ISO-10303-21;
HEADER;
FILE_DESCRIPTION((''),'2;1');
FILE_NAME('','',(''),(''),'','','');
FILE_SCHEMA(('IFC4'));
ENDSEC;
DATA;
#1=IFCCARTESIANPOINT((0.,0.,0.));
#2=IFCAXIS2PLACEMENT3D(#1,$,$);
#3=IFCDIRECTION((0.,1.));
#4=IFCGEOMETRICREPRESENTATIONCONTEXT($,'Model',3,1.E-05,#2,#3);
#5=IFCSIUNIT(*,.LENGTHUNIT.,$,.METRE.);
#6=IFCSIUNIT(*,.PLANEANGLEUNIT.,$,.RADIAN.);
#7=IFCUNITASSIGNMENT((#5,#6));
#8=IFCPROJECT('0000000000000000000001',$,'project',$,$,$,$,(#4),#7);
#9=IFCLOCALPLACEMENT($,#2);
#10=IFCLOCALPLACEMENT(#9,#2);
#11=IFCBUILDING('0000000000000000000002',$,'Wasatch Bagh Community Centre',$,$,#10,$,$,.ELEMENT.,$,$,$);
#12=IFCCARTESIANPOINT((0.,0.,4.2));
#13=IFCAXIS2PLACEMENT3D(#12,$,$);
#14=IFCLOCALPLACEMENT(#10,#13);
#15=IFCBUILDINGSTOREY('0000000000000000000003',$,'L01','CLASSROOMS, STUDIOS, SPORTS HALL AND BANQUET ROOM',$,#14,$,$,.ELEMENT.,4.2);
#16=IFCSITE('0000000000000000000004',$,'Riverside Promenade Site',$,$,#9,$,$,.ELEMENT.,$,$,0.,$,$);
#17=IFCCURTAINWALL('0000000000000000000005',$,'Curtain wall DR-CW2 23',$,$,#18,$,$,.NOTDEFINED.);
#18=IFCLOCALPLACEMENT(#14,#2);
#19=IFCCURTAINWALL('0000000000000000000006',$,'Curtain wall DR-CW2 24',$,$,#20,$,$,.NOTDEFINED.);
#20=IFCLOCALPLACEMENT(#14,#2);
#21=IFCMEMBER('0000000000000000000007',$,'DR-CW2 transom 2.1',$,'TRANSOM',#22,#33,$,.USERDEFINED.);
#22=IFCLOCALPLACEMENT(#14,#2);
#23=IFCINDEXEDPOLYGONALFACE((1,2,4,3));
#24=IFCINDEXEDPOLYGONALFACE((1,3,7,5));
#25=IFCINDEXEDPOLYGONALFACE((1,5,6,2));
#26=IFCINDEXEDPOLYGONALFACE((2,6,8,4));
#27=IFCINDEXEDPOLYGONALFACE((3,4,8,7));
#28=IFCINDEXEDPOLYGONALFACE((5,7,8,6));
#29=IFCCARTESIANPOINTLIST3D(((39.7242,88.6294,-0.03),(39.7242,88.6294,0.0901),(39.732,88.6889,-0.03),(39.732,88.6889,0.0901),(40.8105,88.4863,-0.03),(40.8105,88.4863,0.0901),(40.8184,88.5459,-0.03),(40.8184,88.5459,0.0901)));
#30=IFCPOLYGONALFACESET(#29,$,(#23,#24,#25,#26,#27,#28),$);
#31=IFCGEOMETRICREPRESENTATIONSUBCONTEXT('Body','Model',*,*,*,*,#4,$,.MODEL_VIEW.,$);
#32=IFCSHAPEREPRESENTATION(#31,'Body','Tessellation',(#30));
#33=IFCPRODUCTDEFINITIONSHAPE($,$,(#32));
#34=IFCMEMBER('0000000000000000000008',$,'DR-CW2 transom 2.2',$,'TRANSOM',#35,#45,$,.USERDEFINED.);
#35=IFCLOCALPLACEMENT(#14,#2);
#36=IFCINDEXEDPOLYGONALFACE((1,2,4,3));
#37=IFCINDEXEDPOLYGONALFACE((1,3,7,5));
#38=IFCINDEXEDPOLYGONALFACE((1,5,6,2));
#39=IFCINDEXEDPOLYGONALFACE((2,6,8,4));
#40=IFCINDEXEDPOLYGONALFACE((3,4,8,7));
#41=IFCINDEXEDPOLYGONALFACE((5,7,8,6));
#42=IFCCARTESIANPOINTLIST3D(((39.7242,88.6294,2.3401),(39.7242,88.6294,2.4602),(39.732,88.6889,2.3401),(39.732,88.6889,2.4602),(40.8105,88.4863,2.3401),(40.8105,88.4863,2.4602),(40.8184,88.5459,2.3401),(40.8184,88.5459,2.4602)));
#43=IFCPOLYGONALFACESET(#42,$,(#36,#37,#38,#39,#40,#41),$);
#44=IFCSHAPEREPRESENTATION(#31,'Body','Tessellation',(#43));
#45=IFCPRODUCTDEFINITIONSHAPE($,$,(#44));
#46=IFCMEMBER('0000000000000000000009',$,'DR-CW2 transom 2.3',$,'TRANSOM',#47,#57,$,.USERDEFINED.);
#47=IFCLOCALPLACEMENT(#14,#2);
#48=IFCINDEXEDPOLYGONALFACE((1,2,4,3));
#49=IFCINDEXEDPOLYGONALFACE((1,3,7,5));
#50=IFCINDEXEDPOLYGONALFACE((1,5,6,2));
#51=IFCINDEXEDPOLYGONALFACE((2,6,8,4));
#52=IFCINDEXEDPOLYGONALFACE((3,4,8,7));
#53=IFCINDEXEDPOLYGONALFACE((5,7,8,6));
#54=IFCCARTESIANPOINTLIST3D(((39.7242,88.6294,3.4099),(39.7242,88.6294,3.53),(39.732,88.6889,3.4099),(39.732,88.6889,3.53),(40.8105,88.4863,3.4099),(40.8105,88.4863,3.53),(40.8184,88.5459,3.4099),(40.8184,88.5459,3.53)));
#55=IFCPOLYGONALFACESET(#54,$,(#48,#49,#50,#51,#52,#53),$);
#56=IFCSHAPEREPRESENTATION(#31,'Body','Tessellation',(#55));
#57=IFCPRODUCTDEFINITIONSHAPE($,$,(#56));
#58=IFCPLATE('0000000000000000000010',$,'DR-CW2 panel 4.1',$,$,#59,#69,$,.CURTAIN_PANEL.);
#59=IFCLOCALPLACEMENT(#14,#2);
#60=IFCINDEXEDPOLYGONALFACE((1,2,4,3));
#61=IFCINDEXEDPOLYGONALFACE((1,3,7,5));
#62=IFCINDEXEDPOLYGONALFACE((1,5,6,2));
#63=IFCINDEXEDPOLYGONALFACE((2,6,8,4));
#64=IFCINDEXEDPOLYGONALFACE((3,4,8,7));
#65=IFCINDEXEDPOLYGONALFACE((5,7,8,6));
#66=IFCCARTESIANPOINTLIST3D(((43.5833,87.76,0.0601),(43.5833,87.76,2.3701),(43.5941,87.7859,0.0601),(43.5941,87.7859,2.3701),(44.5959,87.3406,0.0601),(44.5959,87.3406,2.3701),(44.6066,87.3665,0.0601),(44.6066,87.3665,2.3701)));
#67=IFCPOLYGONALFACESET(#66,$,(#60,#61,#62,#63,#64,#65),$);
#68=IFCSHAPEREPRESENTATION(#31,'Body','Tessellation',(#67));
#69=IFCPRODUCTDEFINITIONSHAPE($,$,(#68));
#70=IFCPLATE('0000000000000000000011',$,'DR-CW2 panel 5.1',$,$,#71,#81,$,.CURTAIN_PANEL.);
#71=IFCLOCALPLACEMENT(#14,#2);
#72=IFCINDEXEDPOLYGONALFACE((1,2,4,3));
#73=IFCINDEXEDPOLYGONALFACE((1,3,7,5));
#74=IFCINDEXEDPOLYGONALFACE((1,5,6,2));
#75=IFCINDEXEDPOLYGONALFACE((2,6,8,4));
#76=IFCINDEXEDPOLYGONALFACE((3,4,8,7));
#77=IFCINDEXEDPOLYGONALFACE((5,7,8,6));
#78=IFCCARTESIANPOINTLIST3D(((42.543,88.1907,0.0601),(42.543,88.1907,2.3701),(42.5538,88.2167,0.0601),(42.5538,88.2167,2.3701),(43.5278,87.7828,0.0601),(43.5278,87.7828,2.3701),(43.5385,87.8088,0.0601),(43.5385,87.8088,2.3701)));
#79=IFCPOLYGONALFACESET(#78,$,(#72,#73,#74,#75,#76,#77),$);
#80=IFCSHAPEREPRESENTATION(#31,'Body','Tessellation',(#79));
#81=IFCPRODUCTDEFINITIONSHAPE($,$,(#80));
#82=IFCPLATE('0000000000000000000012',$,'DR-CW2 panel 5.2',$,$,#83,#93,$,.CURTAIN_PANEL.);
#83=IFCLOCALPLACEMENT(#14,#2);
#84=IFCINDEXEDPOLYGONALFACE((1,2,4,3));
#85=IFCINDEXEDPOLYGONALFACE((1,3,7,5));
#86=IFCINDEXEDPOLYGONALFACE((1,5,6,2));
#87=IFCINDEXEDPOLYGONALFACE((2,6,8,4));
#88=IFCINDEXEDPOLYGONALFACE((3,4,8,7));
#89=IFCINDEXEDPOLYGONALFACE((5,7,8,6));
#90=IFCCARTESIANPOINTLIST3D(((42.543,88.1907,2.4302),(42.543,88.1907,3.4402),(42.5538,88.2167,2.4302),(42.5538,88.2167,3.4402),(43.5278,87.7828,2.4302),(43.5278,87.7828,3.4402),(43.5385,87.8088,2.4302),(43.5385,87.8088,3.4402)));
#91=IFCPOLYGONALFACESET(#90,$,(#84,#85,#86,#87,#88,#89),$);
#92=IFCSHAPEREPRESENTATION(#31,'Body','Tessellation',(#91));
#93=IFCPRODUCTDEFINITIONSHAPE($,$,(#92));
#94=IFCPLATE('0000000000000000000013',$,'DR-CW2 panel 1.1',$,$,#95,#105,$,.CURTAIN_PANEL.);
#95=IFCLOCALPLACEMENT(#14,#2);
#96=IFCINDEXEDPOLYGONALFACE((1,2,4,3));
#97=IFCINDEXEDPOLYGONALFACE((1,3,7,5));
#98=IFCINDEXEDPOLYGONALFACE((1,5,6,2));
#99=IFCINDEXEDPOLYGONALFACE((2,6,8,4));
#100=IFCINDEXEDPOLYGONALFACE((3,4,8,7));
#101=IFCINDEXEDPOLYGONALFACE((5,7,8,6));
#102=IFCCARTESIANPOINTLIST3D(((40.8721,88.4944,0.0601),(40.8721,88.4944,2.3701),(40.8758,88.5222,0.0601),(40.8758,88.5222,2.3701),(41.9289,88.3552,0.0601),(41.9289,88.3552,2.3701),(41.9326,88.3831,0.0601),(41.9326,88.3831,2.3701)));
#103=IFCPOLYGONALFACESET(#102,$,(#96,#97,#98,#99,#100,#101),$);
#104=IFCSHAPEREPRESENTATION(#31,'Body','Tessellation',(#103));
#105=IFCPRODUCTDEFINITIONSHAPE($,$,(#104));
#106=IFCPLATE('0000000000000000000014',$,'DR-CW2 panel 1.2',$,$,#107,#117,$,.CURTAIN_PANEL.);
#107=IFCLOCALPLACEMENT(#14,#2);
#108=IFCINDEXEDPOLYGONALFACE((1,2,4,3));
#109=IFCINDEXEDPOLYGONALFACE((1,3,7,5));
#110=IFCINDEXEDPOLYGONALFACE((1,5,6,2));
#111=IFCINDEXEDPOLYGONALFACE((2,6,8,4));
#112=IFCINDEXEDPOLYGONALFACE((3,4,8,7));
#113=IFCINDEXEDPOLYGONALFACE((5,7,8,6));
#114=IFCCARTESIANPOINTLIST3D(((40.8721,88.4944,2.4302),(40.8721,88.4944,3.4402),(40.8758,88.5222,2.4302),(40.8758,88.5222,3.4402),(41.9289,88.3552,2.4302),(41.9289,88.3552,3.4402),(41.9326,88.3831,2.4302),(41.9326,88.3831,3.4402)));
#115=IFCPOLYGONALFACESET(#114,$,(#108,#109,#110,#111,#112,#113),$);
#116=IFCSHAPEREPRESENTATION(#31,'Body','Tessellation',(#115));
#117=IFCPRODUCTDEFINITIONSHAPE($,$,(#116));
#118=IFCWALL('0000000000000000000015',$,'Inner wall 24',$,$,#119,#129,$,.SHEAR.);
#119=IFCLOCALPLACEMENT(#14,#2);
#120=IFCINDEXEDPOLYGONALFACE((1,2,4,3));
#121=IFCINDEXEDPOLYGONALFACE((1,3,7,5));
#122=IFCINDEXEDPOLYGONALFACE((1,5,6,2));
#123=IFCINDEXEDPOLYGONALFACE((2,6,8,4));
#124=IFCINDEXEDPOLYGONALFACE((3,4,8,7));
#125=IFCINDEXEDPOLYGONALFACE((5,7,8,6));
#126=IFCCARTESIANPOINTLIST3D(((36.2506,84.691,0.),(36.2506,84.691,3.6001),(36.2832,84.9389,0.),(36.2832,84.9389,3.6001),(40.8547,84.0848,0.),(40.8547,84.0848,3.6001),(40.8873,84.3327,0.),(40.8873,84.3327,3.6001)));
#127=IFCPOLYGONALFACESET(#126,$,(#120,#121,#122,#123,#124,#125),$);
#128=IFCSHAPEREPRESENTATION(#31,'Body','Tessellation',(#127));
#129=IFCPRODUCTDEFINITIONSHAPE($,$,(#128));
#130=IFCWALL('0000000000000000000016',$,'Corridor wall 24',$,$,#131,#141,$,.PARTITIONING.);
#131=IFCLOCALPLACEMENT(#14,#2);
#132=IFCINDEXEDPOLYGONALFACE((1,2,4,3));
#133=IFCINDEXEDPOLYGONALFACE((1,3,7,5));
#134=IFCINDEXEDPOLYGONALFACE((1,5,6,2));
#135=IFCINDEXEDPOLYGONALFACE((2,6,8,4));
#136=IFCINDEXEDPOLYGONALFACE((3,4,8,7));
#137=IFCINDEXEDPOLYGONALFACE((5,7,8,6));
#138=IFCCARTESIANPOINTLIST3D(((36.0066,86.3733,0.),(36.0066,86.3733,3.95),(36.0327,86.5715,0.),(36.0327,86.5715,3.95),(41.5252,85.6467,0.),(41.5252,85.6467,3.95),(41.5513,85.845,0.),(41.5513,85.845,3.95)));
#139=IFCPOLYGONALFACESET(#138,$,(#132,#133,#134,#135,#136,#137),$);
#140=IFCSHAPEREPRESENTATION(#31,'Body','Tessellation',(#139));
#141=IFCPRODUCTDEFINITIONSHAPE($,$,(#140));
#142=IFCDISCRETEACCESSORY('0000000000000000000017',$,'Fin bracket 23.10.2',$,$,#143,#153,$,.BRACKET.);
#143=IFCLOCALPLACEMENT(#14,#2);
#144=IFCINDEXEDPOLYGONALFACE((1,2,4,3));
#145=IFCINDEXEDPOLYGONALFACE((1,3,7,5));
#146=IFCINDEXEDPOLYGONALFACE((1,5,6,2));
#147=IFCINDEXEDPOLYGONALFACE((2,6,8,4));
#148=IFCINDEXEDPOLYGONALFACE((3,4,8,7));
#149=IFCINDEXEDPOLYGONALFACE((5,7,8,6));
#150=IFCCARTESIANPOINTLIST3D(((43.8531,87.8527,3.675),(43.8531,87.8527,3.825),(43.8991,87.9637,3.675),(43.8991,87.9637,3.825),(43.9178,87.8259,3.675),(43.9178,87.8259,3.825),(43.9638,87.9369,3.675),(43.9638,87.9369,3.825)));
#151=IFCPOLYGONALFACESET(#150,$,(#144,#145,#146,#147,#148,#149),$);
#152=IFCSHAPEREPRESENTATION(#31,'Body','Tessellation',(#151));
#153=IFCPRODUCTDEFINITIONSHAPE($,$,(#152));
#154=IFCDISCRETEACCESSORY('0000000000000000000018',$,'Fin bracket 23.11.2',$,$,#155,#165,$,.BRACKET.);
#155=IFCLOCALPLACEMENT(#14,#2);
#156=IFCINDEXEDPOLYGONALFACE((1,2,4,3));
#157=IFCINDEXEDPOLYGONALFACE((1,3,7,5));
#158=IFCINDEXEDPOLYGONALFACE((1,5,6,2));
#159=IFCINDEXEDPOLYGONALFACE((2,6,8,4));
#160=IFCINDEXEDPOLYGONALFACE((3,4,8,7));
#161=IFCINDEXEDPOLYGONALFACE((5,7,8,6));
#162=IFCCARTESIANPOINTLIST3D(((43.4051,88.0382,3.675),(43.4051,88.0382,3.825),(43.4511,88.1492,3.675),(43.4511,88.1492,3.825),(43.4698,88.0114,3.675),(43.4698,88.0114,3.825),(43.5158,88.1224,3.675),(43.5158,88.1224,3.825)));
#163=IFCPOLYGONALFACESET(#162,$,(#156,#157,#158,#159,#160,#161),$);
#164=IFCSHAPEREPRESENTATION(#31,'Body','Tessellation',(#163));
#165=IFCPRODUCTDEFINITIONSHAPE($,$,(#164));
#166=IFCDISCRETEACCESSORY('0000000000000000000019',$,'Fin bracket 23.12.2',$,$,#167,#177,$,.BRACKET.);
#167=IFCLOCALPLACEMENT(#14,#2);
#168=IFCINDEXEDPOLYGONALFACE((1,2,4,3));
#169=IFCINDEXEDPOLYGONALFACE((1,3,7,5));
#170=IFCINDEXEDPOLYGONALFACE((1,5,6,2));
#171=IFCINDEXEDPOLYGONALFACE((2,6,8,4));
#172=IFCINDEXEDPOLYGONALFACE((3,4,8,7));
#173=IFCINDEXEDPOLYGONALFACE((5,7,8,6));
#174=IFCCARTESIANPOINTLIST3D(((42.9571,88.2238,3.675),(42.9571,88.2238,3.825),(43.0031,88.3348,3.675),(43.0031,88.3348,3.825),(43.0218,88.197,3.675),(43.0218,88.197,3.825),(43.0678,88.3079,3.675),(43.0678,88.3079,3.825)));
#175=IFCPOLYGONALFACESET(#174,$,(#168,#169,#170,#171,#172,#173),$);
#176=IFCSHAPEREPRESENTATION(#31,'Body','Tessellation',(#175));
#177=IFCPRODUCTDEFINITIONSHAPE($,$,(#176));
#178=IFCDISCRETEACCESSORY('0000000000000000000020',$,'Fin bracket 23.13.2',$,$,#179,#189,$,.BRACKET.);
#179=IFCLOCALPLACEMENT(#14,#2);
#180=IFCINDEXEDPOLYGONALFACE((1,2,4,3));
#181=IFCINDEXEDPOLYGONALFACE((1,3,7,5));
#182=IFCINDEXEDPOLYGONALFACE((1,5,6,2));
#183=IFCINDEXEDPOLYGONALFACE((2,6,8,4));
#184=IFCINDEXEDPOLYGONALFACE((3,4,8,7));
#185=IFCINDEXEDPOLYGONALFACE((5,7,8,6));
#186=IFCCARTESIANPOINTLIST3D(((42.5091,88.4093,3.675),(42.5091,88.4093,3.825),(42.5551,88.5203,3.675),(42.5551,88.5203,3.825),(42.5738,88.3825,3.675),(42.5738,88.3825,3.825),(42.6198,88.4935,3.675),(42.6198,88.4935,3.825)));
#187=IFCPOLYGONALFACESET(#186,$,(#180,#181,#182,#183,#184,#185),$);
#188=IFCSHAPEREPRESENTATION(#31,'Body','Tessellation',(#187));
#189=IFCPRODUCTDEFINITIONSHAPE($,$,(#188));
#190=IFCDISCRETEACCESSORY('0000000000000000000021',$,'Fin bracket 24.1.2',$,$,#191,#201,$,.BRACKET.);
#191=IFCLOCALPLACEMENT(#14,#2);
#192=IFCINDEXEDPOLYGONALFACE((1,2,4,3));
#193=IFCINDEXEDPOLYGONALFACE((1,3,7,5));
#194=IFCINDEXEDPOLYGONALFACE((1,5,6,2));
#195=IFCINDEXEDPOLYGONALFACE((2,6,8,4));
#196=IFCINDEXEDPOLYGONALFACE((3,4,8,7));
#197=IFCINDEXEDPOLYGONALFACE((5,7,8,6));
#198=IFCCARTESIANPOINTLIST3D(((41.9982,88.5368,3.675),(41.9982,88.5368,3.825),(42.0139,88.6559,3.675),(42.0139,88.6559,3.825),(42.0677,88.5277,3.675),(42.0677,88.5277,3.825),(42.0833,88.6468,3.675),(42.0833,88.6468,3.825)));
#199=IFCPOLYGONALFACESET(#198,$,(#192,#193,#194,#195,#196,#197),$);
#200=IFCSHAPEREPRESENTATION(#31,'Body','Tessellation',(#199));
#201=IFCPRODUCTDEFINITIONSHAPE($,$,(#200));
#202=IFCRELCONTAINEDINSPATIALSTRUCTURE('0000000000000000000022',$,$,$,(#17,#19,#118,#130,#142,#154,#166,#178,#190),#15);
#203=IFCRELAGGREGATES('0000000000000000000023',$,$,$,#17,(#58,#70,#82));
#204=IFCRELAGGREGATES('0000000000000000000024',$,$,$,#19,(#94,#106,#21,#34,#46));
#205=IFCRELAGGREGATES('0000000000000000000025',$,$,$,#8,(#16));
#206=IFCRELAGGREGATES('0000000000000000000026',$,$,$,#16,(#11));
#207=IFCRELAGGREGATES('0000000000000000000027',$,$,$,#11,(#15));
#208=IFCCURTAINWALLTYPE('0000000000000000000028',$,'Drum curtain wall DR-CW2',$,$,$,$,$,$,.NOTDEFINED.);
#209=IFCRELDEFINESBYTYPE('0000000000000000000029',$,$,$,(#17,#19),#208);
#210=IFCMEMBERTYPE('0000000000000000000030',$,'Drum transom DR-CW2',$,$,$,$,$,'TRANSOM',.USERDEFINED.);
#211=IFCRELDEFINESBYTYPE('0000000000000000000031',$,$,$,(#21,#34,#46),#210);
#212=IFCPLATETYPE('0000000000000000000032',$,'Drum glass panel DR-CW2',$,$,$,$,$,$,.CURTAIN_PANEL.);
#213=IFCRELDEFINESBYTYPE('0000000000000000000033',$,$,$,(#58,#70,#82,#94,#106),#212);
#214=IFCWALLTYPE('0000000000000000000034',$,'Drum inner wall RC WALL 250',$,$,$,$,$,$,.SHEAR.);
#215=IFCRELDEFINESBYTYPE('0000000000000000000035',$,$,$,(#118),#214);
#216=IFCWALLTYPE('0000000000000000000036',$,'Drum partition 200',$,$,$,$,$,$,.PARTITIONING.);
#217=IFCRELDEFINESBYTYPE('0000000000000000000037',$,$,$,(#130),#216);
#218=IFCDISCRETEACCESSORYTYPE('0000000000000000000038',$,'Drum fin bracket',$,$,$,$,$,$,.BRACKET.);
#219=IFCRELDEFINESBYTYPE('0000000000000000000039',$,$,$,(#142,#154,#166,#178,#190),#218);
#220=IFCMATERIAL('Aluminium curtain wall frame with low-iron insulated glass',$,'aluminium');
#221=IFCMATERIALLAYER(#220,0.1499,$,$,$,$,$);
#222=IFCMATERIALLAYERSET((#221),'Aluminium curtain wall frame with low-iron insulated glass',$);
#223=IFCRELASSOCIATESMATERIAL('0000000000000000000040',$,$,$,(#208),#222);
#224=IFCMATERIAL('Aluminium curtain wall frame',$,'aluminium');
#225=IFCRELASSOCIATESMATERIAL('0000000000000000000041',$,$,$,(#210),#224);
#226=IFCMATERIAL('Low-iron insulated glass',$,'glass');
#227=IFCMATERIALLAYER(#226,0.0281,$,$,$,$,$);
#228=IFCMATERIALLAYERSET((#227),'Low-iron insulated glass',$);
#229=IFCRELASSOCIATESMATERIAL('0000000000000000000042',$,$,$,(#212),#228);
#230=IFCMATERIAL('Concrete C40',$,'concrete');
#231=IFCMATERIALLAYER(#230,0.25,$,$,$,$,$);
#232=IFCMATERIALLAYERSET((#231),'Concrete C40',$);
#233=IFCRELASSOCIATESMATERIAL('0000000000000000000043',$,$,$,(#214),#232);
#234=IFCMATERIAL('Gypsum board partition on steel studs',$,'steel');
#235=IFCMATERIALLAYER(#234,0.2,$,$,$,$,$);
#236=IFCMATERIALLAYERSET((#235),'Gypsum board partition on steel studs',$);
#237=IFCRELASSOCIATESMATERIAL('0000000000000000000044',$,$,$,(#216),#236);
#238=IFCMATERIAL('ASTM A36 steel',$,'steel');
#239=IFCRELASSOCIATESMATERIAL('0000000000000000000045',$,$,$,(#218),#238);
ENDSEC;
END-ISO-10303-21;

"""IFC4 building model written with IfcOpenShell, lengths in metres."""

from ifc_helpers import new_model, si_unit, direction, frame, frame_2d, origin, origin_2d, place, context, subcontext, project, spatial, rectangle, extrude, material, layer, layer_set, material_profile, profile_set, type_object, element, aggregate, save


model = new_model("IFC4")

# Units and contexts
model_context = context("Model", 3, precision=1e-05, world=origin(), true_north=direction((0.0, 1.0)))
body_context = subcontext(model_context, "Body", "Model", "MODEL_VIEW")
ifc_project = project(units=[si_unit("LENGTHUNIT", "METRE"), si_unit("PLANEANGLEUNIT", "RADIAN")], contexts=[model_context])

# Site, building, storey
site_placement = place(None, origin())
site = spatial("IfcSite", under=ifc_project, at=site_placement, Name="Riverside Promenade Site", CompositionType="ELEMENT", RefElevation=0.0)
building_placement = place(site_placement, origin())
building = spatial("IfcBuilding", under=site, at=building_placement, Name="Wasatch Bagh Community Centre", CompositionType="ELEMENT")
storey_placement = place(building_placement, frame((0.0, 0.0, 4.2)))
storey = spatial("IfcBuildingStorey", under=building, at=storey_placement, Name="L01", Description="CLASSROOMS, STUDIOS, SPORTS HALL AND BANQUET ROOM", CompositionType="ELEMENT", Elevation=4.2)

# Shared definitions
ifc_material_1 = material(Name="Concrete C40", Category="concrete")

# Curtain walls
ifc_material_2 = material(Name="Aluminium curtain wall frame with low-iron insulated glass", Category="aluminium")
ifc_layer_1 = layer(ifc_material_2, 0.1499)
ifc_layer_set_1 = layer_set([ifc_layer_1], Name="Aluminium curtain wall frame with low-iron insulated glass")
curtain_wall_type = type_object("IfcCurtainWallType", Name="Drum curtain wall DR-CW2", PredefinedType="NOTDEFINED", material=ifc_layer_set_1)
curtain_wall_1_placement = place(storey_placement, origin())
curtain_wall_1 = element("IfcCurtainWall", 1, at=curtain_wall_1_placement, inside=storey, type_object=curtain_wall_type, Name="Curtain wall DR-CW2 23", PredefinedType="NOTDEFINED")
ifc_material_3 = material(Name="Aluminium curtain wall frame", Category="aluminium")
curtain_wall_2_placement = place(storey_placement, origin())
curtain_wall_2 = element("IfcCurtainWall", 2, at=curtain_wall_2_placement, inside=storey, type_object=curtain_wall_type, Name="Curtain wall DR-CW2 24", PredefinedType="NOTDEFINED")

# Members
ifc_material_profile_1 = material_profile(ifc_material_3, rectangle(XDim=0.0601, YDim=0.1201, at=origin_2d()), Name="Drum transom DR-CW2")
ifc_profile_set_1 = profile_set([ifc_material_profile_1], Name="Aluminium curtain wall frame")
member_type_1 = type_object("IfcMemberType", Name="Drum transom DR-CW2", ElementType="TRANSOM", PredefinedType="USERDEFINED", material=ifc_profile_set_1)
member_1_placement = place(storey_placement, frame((40.8145, 88.5161, 0.03), z_axis=(-0.991441, 0.130558, 0.0), x_axis=(-0.130558, -0.991441, 0.0)))
member_1 = element("IfcMember", 3, at=member_1_placement, type_object=member_type_1, Name="DR-CW2 transom 2.1", ObjectType="TRANSOM", PredefinedType="USERDEFINED", context=body_context, shape_type="SweptSolid", body=[
    extrude(rectangle(XDim=0.0601, YDim=0.1201, at=origin_2d()), origin(), (0.0, 0.0, 1.0), 1.0957),
])
member_2_placement = place(storey_placement, frame((40.8145, 88.5161, 2.4001), z_axis=(-0.991441, 0.130558, 0.0), x_axis=(-0.130558, -0.991441, 0.0)))
member_2 = element("IfcMember", 4, at=member_2_placement, type_object=member_type_1, Name="DR-CW2 transom 2.2", ObjectType="TRANSOM", PredefinedType="USERDEFINED", context=body_context, shape_type="SweptSolid", body=[
    extrude(rectangle(XDim=0.0601, YDim=0.1201, at=origin_2d()), origin(), (0.0, 0.0, 1.0), 1.0957),
])
member_3_placement = place(storey_placement, frame((40.8145, 88.5161, 3.47), z_axis=(-0.991441, 0.130558, 0.0), x_axis=(-0.130558, -0.991441, 0.0)))
member_3 = element("IfcMember", 5, at=member_3_placement, type_object=member_type_1, Name="DR-CW2 transom 2.3", ObjectType="TRANSOM", PredefinedType="USERDEFINED", context=body_context, shape_type="SweptSolid", body=[
    extrude(rectangle(XDim=0.0601, YDim=0.1201, at=origin_2d()), origin(), (0.0, 0.0, 1.0), 1.0957),
])

# Plates
ifc_material_4 = material(Name="Low-iron insulated glass", Category="glass")
ifc_layer_2 = layer(ifc_material_4, 0.0281)
ifc_layer_set_2 = layer_set([ifc_layer_2], Name="Low-iron insulated glass")
plate_type = type_object("IfcPlateType", Name="Drum glass panel DR-CW2", PredefinedType="CURTAIN_PANEL", material=ifc_layer_set_2)
plate_1_placement = place(storey_placement, frame((44.095, 87.5632, 0.0601), z_axis=(0.0, 0.0, 1.0), x_axis=(-0.92388, 0.382683, 0.0)))
plate_1 = element("IfcPlate", 6, at=plate_1_placement, type_object=plate_type, Name="DR-CW2 panel 4.1", PredefinedType="CURTAIN_PANEL", context=body_context, shape_type="SweptSolid", body=[
    extrude(rectangle(XDim=1.0959, YDim=0.0281, at=origin_2d()), origin(), (0.0, 0.0, 1.0), 2.3101),
])
plate_2_placement = place(storey_placement, frame((43.0408, 87.9998, 0.0601), z_axis=(0.0, 0.0, 1.0), x_axis=(-0.92388, 0.382683, 0.0)))
plate_2 = element("IfcPlate", 7, at=plate_2_placement, type_object=plate_type, Name="DR-CW2 panel 5.1", PredefinedType="CURTAIN_PANEL", context=body_context, shape_type="SweptSolid", body=[
    extrude(rectangle(XDim=1.0659, YDim=0.0281, at=origin_2d()), origin(), (0.0, 0.0, 1.0), 2.3101),
])
plate_3_placement = place(storey_placement, frame((43.0408, 87.9998, 2.4302), z_axis=(0.0, 0.0, 1.0), x_axis=(-0.92388, 0.382683, 0.0)))
plate_3 = element("IfcPlate", 8, at=plate_3_placement, type_object=plate_type, Name="DR-CW2 panel 5.2", PredefinedType="CURTAIN_PANEL", context=body_context, shape_type="SweptSolid", body=[
    extrude(rectangle(XDim=1.0659, YDim=0.0281, at=origin_2d()), origin(), (0.0, 0.0, 1.0), 1.01),
])
aggregate(curtain_wall_1, [plate_1, plate_2, plate_3])
plate_4_placement = place(storey_placement, frame((41.4023, 88.4387, 0.0601), z_axis=(0.0, 0.0, 1.0), x_axis=(-0.991445, 0.130526, 0.0)))
plate_4 = element("IfcPlate", 9, at=plate_4_placement, type_object=plate_type, Name="DR-CW2 panel 1.1", PredefinedType="CURTAIN_PANEL", context=body_context, shape_type="SweptSolid", body=[
    extrude(rectangle(XDim=1.0659, YDim=0.0281, at=origin_2d()), origin(), (0.0, 0.0, 1.0), 2.3101),
])
plate_5_placement = place(storey_placement, frame((41.4023, 88.4387, 2.4302), z_axis=(0.0, 0.0, 1.0), x_axis=(-0.991445, 0.130526, 0.0)))
plate_5 = element("IfcPlate", 10, at=plate_5_placement, type_object=plate_type, Name="DR-CW2 panel 1.2", PredefinedType="CURTAIN_PANEL", context=body_context, shape_type="SweptSolid", body=[
    extrude(rectangle(XDim=1.0659, YDim=0.0281, at=origin_2d()), origin(), (0.0, 0.0, 1.0), 1.01),
])
aggregate(curtain_wall_2, [plate_4, plate_5, member_1, member_2, member_3])

# Walls
ifc_layer_3 = layer(ifc_material_1, 0.25)
ifc_layer_set_3 = layer_set([ifc_layer_3], Name="Concrete C40")
wall_type_1 = type_object("IfcWallType", Name="Drum inner wall RC WALL 250", PredefinedType="SHEAR", material=ifc_layer_set_3)
wall_1_placement = place(storey_placement, frame((40.8708, 84.2087, 0.0), z_axis=(0.0, 0.0, 1.0), x_axis=(-0.991443, 0.130542, 0.0)))
element("IfcWall", 11, at=wall_1_placement, inside=storey, type_object=wall_type_1, Name="Inner wall 24", PredefinedType="SHEAR", context=body_context, shape_type="SweptSolid", body=[
    extrude(rectangle(XDim=4.6438, YDim=0.25, at=frame_2d((2.3218, 0.0))), origin(), (0.0, 0.0, 1.0), 3.6001),
])
ifc_material_5 = material(Name="Gypsum board partition on steel studs", Category="steel")
ifc_layer_4 = layer(ifc_material_5, 0.2)
ifc_layer_set_4 = layer_set([ifc_layer_4], Name="Gypsum board partition on steel studs")
wall_type_2 = type_object("IfcWallType", Name="Drum partition 200", PredefinedType="PARTITIONING", material=ifc_layer_set_4)
wall_2_placement = place(storey_placement, frame((41.5383, 85.7458, 0.0), z_axis=(0.0, 0.0, 1.0), x_axis=(-0.991444, 0.130532, 0.0)))
element("IfcWall", 12, at=wall_2_placement, inside=storey, type_object=wall_type_2, Name="Corridor wall 24", PredefinedType="PARTITIONING", context=body_context, shape_type="SweptSolid", body=[
    extrude(rectangle(XDim=5.5662, YDim=0.2, at=frame_2d((2.7832, 0.0))), origin(), (0.0, 0.0, 1.0), 3.95),
])

# Discrete accessories
ifc_material_6 = material(Name="ASTM A36 steel", Category="steel")
discrete_accessory_type = type_object("IfcDiscreteAccessoryType", Name="Drum fin bracket", PredefinedType="BRACKET", material=ifc_material_6)
for number, where, z_axis, x_axis, name in (
    (13, (43.9084, 87.8948, 3.675), (0.0, 0.0, 1.0), (-0.92388, 0.382683, 0.0), "Fin bracket 23.10.2"),
    (14, (43.4604, 88.0803, 3.675), (0.0, 0.0, 1.0), (-0.92388, 0.382683, 0.0), "Fin bracket 23.11.2"),
    (15, (43.0125, 88.2659, 3.675), (0.0, 0.0, 1.0), (-0.92388, 0.382683, 0.0), "Fin bracket 23.12.2"),
    (16, (42.5645, 88.4514, 3.675), (0.0, 0.0, 1.0), (-0.92388, 0.382683, 0.0), "Fin bracket 23.13.2"),
    (17, (42.0408, 88.5918, 3.675), (0.0, 0.0, 1.0), (-0.991445, 0.130526, 0.0), "Fin bracket 24.1.2"),
):
    element("IfcDiscreteAccessory", number, at=place(storey_placement, frame(where, z_axis=z_axis, x_axis=x_axis)), inside=storey, type_object=discrete_accessory_type, Name=name, PredefinedType="BRACKET", context=body_context, shape_type="SweptSolid", body=[
        extrude(rectangle(XDim=0.0701, YDim=0.1201, at=origin_2d()), origin(), (0.0, 0.0, 1.0), 0.1499),
    ])

save(model, "model.ifc")
